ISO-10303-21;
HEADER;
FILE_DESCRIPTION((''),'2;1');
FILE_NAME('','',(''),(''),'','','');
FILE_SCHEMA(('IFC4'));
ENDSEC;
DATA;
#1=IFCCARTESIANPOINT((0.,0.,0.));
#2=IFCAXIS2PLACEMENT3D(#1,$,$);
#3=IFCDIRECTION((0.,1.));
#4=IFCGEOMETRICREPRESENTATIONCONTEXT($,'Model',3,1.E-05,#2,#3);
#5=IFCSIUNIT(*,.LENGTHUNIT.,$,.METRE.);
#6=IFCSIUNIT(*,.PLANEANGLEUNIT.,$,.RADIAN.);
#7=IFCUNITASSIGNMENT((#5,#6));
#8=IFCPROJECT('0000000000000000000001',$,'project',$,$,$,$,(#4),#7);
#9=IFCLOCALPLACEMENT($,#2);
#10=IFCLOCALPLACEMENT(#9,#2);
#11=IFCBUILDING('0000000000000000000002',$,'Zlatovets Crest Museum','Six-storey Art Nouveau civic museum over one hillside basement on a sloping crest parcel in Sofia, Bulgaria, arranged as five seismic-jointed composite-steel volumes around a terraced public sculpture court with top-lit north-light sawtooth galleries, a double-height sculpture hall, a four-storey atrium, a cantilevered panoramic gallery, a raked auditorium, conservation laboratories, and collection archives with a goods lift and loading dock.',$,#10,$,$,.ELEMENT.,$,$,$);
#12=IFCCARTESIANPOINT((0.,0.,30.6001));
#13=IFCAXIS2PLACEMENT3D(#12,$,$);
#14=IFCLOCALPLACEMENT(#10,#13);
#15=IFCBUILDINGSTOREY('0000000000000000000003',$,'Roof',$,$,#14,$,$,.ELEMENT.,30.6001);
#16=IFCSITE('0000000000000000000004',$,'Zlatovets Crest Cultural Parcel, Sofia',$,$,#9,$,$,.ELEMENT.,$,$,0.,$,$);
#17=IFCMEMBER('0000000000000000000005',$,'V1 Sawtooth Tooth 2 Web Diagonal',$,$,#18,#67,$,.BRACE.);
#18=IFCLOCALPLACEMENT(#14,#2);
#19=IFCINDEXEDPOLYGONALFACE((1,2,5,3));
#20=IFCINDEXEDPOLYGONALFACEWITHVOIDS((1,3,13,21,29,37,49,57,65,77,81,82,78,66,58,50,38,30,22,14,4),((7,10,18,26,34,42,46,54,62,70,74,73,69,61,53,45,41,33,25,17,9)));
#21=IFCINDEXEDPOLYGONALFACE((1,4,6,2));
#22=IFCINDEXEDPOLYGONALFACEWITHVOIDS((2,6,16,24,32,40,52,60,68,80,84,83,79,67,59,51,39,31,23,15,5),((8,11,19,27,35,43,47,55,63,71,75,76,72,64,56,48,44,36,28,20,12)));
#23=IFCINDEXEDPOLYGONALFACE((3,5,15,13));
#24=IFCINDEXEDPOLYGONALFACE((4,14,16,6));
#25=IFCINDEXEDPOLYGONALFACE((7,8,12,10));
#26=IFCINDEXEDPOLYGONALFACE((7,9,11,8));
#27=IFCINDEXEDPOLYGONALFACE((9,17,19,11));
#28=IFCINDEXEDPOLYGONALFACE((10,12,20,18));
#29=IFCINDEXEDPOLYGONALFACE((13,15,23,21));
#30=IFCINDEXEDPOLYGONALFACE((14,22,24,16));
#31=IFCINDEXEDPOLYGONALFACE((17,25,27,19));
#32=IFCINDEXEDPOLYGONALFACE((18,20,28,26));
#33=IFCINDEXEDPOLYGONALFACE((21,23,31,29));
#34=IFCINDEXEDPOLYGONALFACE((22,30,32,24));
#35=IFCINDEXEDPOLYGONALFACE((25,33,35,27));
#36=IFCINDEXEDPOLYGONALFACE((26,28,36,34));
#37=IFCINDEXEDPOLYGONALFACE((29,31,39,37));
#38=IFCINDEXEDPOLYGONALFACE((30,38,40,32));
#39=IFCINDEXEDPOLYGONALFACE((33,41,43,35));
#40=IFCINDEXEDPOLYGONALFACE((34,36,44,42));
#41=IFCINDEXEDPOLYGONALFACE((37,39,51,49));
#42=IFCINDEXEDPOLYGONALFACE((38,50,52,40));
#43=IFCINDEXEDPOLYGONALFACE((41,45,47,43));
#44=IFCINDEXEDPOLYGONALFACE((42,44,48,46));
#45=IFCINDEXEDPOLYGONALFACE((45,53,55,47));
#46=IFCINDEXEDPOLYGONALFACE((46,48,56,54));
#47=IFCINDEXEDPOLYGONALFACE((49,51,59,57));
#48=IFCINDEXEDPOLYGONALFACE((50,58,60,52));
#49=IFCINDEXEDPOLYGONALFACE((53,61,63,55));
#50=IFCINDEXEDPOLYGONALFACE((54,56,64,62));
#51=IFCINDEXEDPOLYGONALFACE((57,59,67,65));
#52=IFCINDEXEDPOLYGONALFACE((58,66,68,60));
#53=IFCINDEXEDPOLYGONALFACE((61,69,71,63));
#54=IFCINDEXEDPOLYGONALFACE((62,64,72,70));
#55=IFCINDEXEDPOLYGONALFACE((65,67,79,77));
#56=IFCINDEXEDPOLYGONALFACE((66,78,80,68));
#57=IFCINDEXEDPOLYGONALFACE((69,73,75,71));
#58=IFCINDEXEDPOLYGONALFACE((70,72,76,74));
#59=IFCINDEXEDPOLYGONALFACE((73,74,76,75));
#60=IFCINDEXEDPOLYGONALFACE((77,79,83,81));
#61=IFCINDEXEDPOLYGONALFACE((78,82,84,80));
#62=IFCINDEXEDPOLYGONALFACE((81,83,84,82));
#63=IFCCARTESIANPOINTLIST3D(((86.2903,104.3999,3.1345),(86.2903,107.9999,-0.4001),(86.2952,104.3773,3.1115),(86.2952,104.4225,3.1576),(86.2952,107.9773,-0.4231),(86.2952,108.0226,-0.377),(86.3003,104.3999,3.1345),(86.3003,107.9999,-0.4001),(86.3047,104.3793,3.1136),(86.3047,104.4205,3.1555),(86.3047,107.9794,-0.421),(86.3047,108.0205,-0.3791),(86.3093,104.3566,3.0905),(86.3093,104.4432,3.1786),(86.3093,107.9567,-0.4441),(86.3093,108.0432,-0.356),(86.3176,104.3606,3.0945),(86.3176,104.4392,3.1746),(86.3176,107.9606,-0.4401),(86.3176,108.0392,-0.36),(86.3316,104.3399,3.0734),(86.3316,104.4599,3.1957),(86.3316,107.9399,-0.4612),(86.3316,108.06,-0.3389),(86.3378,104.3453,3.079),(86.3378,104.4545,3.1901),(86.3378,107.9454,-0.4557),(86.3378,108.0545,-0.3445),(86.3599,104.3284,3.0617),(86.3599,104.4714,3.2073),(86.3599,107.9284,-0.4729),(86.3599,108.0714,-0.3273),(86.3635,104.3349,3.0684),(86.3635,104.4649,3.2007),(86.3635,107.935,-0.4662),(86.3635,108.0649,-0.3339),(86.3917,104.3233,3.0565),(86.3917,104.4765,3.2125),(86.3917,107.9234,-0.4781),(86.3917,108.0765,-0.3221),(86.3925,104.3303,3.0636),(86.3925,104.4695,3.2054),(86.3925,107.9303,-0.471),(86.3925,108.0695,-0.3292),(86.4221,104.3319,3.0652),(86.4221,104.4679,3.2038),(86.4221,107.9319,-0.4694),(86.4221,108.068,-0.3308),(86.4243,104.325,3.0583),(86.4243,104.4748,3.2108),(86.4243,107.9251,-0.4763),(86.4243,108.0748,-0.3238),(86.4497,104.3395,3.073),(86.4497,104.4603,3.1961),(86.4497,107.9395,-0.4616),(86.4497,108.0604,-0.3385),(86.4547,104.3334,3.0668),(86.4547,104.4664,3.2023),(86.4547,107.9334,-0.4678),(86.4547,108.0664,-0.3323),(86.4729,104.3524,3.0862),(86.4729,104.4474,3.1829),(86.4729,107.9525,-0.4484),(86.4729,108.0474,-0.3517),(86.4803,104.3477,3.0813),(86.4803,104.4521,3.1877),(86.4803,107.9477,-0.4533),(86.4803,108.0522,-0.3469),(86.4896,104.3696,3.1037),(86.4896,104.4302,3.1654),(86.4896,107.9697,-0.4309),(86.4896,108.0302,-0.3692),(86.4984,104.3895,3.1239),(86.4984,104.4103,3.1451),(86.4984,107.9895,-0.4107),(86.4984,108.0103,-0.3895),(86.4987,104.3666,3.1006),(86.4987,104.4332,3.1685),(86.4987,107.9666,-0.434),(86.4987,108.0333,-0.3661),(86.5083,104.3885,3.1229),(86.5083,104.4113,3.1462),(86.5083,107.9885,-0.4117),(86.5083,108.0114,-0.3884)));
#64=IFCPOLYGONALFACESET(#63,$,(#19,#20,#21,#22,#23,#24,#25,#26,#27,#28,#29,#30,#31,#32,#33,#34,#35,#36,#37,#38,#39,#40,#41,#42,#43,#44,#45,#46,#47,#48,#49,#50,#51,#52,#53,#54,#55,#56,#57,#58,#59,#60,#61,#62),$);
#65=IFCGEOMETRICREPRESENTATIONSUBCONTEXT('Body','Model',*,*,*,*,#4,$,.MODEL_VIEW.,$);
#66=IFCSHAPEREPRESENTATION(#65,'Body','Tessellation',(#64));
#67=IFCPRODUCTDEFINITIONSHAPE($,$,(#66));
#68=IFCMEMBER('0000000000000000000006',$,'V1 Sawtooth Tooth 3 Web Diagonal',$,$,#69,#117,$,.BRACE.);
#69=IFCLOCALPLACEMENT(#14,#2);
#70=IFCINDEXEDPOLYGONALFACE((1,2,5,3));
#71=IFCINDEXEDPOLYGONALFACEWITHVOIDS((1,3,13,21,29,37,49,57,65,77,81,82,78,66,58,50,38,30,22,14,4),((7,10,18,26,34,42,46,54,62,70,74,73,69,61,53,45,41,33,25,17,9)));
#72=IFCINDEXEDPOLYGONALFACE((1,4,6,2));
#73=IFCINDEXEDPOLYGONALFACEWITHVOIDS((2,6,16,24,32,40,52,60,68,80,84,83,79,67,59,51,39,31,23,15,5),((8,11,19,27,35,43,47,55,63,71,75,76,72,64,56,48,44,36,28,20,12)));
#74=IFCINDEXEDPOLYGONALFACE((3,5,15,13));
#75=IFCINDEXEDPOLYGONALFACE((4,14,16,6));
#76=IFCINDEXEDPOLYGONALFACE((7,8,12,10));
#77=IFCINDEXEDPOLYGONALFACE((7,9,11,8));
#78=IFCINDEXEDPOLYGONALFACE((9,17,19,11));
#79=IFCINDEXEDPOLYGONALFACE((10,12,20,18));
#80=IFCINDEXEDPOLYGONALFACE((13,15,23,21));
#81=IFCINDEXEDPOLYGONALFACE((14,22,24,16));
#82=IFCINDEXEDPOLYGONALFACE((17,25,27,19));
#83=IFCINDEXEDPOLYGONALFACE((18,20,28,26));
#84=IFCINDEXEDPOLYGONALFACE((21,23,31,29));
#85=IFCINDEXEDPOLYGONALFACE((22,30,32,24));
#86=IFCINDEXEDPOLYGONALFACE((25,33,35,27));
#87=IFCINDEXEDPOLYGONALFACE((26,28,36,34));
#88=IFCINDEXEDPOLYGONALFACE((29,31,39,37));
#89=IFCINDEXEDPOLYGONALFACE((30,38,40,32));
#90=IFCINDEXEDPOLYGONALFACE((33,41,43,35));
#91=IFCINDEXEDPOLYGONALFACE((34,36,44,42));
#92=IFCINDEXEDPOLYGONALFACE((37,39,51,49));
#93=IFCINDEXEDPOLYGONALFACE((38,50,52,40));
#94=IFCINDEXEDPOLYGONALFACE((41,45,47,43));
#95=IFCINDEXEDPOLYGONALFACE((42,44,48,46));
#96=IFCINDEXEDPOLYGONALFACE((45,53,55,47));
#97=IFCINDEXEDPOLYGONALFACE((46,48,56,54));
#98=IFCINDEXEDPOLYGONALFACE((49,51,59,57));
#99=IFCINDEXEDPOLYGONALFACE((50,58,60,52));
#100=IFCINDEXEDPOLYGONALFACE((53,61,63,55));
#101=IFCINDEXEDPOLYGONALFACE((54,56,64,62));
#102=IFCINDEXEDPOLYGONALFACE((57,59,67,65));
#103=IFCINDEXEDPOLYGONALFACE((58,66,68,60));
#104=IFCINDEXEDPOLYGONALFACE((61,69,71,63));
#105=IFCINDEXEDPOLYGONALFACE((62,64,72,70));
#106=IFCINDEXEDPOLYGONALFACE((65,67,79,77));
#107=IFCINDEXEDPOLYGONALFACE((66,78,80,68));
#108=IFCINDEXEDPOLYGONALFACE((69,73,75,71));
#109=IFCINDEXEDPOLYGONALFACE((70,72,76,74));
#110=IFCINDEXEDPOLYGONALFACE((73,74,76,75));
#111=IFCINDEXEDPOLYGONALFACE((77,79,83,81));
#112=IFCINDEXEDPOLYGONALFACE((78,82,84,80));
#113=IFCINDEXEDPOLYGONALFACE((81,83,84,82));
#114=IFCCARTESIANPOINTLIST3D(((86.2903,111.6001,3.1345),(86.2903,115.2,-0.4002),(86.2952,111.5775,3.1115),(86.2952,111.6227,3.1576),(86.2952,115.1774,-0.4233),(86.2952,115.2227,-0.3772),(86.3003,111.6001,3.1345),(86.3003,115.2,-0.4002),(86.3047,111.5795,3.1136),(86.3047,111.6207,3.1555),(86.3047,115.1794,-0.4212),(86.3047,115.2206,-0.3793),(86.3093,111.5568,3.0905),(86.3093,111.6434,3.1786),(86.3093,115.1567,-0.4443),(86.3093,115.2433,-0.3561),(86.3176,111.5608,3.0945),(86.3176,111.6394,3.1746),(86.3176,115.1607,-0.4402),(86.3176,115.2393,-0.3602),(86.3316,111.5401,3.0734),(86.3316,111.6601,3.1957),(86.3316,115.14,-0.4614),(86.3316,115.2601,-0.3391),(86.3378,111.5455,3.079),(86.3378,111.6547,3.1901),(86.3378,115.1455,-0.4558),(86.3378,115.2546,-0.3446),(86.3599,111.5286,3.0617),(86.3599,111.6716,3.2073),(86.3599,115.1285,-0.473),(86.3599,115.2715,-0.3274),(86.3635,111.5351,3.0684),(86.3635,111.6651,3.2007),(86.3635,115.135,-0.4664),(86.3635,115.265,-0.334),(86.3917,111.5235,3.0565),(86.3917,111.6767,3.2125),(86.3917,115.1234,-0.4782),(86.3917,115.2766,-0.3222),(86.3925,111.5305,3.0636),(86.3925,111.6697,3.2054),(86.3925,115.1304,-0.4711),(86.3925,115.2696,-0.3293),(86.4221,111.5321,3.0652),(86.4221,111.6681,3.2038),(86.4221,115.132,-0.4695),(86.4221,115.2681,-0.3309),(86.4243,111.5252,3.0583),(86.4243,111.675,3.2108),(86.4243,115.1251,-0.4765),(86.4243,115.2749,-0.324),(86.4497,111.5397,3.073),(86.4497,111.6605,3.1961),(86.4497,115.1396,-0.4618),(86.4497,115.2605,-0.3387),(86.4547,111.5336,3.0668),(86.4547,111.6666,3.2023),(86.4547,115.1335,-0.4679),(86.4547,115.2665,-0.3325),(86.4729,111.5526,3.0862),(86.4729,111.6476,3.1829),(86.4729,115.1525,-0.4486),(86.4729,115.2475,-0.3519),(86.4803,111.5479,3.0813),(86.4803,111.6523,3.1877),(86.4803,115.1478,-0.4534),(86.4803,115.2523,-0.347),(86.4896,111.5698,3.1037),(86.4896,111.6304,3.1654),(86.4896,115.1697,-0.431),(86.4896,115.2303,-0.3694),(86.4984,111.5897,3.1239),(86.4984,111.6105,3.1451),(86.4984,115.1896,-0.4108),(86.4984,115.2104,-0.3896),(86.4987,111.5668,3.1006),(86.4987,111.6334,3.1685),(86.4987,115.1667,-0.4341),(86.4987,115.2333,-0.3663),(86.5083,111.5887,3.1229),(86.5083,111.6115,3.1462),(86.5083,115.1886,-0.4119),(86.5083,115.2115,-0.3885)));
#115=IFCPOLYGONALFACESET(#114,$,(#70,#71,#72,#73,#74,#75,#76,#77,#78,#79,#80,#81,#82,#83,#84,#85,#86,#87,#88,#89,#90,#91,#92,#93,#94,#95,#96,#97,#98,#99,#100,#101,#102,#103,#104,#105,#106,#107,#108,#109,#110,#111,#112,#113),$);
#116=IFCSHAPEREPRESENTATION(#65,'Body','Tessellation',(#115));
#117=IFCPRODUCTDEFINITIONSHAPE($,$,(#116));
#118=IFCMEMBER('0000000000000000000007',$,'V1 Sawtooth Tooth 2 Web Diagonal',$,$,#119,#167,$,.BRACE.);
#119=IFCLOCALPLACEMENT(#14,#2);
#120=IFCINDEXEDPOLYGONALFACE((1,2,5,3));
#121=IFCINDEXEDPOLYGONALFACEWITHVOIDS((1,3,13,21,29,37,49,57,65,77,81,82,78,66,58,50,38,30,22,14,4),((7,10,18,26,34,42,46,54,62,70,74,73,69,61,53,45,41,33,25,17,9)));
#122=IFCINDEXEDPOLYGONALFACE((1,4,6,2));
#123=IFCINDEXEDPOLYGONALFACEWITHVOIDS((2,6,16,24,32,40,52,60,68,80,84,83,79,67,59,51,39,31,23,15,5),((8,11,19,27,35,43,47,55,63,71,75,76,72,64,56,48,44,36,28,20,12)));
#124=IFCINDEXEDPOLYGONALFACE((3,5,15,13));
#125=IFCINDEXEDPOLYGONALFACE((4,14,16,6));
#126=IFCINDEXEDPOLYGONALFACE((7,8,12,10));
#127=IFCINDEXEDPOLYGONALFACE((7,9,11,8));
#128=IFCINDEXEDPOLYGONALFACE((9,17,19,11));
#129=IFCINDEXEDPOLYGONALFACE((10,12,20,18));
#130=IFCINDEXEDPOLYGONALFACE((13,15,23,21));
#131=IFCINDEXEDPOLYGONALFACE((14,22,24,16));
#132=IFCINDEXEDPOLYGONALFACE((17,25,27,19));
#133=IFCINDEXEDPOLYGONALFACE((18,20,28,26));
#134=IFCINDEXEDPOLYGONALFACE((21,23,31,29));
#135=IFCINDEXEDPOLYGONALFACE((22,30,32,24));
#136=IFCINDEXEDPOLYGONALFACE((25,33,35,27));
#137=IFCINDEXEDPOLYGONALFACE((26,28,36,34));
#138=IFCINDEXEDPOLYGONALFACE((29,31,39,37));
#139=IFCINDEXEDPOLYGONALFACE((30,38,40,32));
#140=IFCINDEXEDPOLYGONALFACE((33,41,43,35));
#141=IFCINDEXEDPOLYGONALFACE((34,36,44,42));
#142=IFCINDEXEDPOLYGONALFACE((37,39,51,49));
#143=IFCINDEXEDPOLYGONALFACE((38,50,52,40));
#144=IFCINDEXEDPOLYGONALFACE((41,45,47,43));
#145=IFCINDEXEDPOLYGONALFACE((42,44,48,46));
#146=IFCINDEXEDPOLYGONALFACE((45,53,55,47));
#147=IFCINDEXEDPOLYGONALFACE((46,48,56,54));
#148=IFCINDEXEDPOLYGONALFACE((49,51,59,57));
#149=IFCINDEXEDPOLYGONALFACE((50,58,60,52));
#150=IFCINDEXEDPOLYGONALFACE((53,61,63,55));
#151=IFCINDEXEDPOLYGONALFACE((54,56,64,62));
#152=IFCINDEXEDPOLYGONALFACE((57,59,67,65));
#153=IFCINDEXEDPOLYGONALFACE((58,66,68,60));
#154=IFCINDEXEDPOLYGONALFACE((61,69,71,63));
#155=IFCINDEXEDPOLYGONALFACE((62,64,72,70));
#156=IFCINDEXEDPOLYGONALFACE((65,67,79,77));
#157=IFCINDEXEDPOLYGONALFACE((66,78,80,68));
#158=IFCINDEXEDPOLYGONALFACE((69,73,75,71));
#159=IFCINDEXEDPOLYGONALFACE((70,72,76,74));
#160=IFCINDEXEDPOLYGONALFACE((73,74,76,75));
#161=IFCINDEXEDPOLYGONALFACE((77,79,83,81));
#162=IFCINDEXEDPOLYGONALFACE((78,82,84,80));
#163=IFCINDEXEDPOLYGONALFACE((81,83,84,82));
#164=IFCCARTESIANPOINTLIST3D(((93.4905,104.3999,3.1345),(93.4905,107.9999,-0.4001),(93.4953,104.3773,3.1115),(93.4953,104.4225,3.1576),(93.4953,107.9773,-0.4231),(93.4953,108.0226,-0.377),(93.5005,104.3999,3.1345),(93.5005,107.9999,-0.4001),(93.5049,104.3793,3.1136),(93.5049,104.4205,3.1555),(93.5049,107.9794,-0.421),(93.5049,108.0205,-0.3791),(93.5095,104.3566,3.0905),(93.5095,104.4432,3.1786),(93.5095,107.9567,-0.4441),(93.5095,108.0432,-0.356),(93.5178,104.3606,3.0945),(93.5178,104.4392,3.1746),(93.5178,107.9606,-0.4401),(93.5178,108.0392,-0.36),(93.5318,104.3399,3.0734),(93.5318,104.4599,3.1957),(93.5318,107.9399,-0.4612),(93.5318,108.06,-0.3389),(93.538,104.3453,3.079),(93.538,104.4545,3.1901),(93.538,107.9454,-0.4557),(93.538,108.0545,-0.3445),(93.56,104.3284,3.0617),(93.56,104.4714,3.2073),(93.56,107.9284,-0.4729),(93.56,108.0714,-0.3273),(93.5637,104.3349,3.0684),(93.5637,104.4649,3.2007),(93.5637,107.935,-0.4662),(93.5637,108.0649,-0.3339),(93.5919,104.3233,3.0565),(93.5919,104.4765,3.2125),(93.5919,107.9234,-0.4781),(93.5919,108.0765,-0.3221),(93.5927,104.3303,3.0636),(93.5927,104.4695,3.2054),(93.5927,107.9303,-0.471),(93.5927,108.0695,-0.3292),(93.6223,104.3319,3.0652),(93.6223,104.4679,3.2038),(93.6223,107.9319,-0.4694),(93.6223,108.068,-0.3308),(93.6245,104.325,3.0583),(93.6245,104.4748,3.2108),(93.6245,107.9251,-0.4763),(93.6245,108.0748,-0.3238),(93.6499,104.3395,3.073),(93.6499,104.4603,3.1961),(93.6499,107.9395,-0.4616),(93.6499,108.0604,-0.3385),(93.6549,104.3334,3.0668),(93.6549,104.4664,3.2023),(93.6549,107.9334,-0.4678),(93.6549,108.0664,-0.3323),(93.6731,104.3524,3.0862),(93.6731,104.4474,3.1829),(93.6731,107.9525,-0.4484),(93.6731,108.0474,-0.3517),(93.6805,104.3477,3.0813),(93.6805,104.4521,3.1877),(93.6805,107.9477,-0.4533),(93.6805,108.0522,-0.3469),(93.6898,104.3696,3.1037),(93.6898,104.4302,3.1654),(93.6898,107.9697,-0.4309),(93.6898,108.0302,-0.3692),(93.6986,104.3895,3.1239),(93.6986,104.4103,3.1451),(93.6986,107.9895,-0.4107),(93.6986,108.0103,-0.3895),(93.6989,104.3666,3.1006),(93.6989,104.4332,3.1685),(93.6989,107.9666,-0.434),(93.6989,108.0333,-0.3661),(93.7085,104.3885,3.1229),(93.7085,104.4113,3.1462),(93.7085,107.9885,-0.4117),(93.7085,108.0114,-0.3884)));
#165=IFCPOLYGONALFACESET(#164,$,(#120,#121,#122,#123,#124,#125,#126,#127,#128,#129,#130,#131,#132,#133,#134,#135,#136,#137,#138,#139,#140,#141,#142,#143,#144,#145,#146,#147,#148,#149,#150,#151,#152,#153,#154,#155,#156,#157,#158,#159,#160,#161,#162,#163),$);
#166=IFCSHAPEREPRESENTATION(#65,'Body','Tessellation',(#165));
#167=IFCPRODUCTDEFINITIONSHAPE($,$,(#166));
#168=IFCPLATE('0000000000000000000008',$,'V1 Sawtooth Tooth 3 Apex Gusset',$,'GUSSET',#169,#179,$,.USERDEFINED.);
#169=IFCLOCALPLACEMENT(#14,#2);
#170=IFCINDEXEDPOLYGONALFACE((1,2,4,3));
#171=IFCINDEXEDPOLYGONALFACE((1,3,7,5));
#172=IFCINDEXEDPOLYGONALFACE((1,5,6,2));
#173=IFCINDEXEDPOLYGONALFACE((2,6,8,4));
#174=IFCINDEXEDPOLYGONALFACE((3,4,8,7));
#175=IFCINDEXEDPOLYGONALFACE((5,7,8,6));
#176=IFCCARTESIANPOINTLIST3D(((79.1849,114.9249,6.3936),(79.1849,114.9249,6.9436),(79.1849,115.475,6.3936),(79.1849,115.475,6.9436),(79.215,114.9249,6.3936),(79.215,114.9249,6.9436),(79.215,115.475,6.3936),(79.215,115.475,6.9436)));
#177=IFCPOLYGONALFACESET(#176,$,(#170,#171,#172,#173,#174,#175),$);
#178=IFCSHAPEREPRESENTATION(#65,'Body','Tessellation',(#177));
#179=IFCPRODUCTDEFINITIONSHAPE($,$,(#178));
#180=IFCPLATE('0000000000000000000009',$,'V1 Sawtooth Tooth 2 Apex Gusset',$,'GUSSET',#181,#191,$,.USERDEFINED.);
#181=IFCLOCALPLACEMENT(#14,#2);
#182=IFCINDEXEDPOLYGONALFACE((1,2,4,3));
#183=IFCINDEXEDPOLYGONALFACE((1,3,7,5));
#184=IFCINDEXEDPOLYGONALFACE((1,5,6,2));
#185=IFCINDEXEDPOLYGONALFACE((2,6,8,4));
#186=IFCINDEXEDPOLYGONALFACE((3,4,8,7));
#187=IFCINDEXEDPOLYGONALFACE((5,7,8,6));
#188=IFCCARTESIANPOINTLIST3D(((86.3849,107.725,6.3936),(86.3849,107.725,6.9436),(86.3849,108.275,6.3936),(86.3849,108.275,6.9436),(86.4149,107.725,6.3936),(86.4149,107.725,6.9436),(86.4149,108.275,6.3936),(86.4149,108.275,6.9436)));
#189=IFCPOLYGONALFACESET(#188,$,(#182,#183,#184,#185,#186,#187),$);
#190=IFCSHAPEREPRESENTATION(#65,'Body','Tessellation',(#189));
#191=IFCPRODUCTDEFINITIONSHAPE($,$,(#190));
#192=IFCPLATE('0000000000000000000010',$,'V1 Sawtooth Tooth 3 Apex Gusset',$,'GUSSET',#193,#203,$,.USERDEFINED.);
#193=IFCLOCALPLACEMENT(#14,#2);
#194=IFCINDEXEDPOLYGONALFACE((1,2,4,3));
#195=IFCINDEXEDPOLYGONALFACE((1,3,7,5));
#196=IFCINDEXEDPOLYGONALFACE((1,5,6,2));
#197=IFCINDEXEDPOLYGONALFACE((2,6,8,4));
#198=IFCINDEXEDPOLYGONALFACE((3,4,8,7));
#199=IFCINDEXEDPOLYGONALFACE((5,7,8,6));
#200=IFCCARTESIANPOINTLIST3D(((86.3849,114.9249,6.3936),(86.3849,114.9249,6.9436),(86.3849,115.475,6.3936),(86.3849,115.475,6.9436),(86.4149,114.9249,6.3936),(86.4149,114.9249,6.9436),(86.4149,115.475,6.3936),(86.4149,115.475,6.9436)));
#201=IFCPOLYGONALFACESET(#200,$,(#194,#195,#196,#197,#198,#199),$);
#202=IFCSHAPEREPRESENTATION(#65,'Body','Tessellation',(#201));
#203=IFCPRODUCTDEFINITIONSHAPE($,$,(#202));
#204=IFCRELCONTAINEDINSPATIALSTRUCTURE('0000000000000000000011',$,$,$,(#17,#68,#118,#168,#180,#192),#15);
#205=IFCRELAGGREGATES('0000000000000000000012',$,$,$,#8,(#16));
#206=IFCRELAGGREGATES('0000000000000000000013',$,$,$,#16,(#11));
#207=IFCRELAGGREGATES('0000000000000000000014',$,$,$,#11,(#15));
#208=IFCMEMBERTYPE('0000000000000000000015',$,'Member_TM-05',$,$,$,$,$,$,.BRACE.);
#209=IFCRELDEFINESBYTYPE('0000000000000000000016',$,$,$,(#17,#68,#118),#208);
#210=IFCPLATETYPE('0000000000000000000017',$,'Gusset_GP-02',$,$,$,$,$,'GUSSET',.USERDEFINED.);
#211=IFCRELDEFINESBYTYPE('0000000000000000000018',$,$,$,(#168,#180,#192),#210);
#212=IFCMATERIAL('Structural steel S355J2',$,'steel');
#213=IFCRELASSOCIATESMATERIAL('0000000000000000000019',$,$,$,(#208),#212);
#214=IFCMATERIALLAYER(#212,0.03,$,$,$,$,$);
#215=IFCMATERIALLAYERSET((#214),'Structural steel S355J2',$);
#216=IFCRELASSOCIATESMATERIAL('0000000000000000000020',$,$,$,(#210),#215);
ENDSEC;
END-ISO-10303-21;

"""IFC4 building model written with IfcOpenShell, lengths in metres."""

from ifc_helpers import new_model, si_unit, direction, frame, origin, origin_2d, place, context, subcontext, project, spatial, rectangle, hollow_circle, extrude, material, layer, layer_set, material_profile, profile_set, type_object, element, save


model = new_model("IFC4")

# Units and contexts
model_context = context("Model", 3, precision=1e-05, world=origin(), true_north=direction((0.0, 1.0)))
body_context = subcontext(model_context, "Body", "Model", "MODEL_VIEW")
ifc_project = project(units=[si_unit("LENGTHUNIT", "METRE"), si_unit("PLANEANGLEUNIT", "RADIAN")], contexts=[model_context])

# Site, building, storey
site_placement = place(None, origin())
site = spatial("IfcSite", under=ifc_project, at=site_placement, Name="Zlatovets Crest Cultural Parcel, Sofia", CompositionType="ELEMENT", RefElevation=0.0)
building_placement = place(site_placement, origin())
building = spatial("IfcBuilding", under=site, at=building_placement, Name="Zlatovets Crest Museum", Description="Six-storey Art Nouveau civic museum over one hillside basement on a sloping crest parcel in Sofia, Bulgaria, arranged as five seismic-jointed composite-steel volumes around a terraced public sculpture court with top-lit north-light sawtooth galleries, a double-height sculpture hall, a four-storey atrium, a cantilevered panoramic gallery, a raked auditorium, conservation laboratories, and collection archives with a goods lift and loading dock.", CompositionType="ELEMENT")
storey_placement = place(building_placement, frame((0.0, 0.0, 30.6001)))
storey = spatial("IfcBuildingStorey", under=building, at=storey_placement, Name="Roof", CompositionType="ELEMENT", Elevation=30.6001)

# Shared definitions
ifc_material_1 = material(Name="Structural steel S355J2", Category="steel")

# Members
ifc_material_profile_1 = material_profile(ifc_material_1, hollow_circle(Radius=0.1096, WallThickness=0.01, at=origin_2d()), Name="CHS 219.1x10.0")
ifc_profile_set_1 = profile_set([ifc_material_profile_1], Name="Structural steel S355J2")
member_type_1 = type_object("IfcMemberType", Name="Member_TM-05", PredefinedType="BRACE", material=ifc_profile_set_1)
for number, where, z_axis, x_axis, name in (
    (1, (86.3999, 104.3999, 3.1345), (0.0, 0.713561, -0.700593), (-1.0, 0.0, 0.0), "V1 Sawtooth Tooth 2 Web Diagonal"),
    (2, (86.3999, 111.6001, 3.1345), (0.0, 0.713538, -0.700617), (-1.0, 0.0, 0.0), "V1 Sawtooth Tooth 3 Web Diagonal"),
    (3, (93.6001, 104.3999, 3.1345), (0.0, 0.713561, -0.700593), (-1.0, 0.0, 0.0), "V1 Sawtooth Tooth 2 Web Diagonal"),
):
    element("IfcMember", number, at=place(storey_placement, frame(where, z_axis=z_axis, x_axis=x_axis)), inside=storey, type_object=member_type_1, Name=name, PredefinedType="BRACE", context=body_context, shape_type="SweptSolid", body=[
        extrude(hollow_circle(Radius=0.1096, WallThickness=0.01, at=origin_2d()), origin(), (0.0, 0.0, 1.0), 5.0452),
    ])

# Plates
ifc_layer_1 = layer(ifc_material_1, 0.03)
ifc_layer_set_1 = layer_set([ifc_layer_1], Name="Structural steel S355J2")
plate_type = type_object("IfcPlateType", Name="Gusset_GP-02", ElementType="GUSSET", PredefinedType="USERDEFINED", material=ifc_layer_set_1)
for number, where, z_axis, x_axis, name in (
    (4, (79.2, 115.2, 6.3936), (0.0, 0.0, 1.0), (1.0, 0.0, 0.0), "V1 Sawtooth Tooth 3 Apex Gusset"),
    (5, (86.3999, 108.0, 6.3936), (0.0, 0.0, 1.0), (1.0, 0.0, 0.0), "V1 Sawtooth Tooth 2 Apex Gusset"),
    (6, (86.3999, 115.2, 6.3936), (0.0, 0.0, 1.0), (1.0, 0.0, 0.0), "V1 Sawtooth Tooth 3 Apex Gusset"),
):
    element("IfcPlate", number, at=place(storey_placement, frame(where, z_axis=z_axis, x_axis=x_axis)), inside=storey, type_object=plate_type, Name=name, ObjectType="GUSSET", PredefinedType="USERDEFINED", context=body_context, shape_type="SweptSolid", body=[
        extrude(rectangle(XDim=0.03, YDim=0.55, at=origin_2d()), origin(), (0.0, 0.0, 1.0), 0.55),
    ])

save(model, "model.ifc")
